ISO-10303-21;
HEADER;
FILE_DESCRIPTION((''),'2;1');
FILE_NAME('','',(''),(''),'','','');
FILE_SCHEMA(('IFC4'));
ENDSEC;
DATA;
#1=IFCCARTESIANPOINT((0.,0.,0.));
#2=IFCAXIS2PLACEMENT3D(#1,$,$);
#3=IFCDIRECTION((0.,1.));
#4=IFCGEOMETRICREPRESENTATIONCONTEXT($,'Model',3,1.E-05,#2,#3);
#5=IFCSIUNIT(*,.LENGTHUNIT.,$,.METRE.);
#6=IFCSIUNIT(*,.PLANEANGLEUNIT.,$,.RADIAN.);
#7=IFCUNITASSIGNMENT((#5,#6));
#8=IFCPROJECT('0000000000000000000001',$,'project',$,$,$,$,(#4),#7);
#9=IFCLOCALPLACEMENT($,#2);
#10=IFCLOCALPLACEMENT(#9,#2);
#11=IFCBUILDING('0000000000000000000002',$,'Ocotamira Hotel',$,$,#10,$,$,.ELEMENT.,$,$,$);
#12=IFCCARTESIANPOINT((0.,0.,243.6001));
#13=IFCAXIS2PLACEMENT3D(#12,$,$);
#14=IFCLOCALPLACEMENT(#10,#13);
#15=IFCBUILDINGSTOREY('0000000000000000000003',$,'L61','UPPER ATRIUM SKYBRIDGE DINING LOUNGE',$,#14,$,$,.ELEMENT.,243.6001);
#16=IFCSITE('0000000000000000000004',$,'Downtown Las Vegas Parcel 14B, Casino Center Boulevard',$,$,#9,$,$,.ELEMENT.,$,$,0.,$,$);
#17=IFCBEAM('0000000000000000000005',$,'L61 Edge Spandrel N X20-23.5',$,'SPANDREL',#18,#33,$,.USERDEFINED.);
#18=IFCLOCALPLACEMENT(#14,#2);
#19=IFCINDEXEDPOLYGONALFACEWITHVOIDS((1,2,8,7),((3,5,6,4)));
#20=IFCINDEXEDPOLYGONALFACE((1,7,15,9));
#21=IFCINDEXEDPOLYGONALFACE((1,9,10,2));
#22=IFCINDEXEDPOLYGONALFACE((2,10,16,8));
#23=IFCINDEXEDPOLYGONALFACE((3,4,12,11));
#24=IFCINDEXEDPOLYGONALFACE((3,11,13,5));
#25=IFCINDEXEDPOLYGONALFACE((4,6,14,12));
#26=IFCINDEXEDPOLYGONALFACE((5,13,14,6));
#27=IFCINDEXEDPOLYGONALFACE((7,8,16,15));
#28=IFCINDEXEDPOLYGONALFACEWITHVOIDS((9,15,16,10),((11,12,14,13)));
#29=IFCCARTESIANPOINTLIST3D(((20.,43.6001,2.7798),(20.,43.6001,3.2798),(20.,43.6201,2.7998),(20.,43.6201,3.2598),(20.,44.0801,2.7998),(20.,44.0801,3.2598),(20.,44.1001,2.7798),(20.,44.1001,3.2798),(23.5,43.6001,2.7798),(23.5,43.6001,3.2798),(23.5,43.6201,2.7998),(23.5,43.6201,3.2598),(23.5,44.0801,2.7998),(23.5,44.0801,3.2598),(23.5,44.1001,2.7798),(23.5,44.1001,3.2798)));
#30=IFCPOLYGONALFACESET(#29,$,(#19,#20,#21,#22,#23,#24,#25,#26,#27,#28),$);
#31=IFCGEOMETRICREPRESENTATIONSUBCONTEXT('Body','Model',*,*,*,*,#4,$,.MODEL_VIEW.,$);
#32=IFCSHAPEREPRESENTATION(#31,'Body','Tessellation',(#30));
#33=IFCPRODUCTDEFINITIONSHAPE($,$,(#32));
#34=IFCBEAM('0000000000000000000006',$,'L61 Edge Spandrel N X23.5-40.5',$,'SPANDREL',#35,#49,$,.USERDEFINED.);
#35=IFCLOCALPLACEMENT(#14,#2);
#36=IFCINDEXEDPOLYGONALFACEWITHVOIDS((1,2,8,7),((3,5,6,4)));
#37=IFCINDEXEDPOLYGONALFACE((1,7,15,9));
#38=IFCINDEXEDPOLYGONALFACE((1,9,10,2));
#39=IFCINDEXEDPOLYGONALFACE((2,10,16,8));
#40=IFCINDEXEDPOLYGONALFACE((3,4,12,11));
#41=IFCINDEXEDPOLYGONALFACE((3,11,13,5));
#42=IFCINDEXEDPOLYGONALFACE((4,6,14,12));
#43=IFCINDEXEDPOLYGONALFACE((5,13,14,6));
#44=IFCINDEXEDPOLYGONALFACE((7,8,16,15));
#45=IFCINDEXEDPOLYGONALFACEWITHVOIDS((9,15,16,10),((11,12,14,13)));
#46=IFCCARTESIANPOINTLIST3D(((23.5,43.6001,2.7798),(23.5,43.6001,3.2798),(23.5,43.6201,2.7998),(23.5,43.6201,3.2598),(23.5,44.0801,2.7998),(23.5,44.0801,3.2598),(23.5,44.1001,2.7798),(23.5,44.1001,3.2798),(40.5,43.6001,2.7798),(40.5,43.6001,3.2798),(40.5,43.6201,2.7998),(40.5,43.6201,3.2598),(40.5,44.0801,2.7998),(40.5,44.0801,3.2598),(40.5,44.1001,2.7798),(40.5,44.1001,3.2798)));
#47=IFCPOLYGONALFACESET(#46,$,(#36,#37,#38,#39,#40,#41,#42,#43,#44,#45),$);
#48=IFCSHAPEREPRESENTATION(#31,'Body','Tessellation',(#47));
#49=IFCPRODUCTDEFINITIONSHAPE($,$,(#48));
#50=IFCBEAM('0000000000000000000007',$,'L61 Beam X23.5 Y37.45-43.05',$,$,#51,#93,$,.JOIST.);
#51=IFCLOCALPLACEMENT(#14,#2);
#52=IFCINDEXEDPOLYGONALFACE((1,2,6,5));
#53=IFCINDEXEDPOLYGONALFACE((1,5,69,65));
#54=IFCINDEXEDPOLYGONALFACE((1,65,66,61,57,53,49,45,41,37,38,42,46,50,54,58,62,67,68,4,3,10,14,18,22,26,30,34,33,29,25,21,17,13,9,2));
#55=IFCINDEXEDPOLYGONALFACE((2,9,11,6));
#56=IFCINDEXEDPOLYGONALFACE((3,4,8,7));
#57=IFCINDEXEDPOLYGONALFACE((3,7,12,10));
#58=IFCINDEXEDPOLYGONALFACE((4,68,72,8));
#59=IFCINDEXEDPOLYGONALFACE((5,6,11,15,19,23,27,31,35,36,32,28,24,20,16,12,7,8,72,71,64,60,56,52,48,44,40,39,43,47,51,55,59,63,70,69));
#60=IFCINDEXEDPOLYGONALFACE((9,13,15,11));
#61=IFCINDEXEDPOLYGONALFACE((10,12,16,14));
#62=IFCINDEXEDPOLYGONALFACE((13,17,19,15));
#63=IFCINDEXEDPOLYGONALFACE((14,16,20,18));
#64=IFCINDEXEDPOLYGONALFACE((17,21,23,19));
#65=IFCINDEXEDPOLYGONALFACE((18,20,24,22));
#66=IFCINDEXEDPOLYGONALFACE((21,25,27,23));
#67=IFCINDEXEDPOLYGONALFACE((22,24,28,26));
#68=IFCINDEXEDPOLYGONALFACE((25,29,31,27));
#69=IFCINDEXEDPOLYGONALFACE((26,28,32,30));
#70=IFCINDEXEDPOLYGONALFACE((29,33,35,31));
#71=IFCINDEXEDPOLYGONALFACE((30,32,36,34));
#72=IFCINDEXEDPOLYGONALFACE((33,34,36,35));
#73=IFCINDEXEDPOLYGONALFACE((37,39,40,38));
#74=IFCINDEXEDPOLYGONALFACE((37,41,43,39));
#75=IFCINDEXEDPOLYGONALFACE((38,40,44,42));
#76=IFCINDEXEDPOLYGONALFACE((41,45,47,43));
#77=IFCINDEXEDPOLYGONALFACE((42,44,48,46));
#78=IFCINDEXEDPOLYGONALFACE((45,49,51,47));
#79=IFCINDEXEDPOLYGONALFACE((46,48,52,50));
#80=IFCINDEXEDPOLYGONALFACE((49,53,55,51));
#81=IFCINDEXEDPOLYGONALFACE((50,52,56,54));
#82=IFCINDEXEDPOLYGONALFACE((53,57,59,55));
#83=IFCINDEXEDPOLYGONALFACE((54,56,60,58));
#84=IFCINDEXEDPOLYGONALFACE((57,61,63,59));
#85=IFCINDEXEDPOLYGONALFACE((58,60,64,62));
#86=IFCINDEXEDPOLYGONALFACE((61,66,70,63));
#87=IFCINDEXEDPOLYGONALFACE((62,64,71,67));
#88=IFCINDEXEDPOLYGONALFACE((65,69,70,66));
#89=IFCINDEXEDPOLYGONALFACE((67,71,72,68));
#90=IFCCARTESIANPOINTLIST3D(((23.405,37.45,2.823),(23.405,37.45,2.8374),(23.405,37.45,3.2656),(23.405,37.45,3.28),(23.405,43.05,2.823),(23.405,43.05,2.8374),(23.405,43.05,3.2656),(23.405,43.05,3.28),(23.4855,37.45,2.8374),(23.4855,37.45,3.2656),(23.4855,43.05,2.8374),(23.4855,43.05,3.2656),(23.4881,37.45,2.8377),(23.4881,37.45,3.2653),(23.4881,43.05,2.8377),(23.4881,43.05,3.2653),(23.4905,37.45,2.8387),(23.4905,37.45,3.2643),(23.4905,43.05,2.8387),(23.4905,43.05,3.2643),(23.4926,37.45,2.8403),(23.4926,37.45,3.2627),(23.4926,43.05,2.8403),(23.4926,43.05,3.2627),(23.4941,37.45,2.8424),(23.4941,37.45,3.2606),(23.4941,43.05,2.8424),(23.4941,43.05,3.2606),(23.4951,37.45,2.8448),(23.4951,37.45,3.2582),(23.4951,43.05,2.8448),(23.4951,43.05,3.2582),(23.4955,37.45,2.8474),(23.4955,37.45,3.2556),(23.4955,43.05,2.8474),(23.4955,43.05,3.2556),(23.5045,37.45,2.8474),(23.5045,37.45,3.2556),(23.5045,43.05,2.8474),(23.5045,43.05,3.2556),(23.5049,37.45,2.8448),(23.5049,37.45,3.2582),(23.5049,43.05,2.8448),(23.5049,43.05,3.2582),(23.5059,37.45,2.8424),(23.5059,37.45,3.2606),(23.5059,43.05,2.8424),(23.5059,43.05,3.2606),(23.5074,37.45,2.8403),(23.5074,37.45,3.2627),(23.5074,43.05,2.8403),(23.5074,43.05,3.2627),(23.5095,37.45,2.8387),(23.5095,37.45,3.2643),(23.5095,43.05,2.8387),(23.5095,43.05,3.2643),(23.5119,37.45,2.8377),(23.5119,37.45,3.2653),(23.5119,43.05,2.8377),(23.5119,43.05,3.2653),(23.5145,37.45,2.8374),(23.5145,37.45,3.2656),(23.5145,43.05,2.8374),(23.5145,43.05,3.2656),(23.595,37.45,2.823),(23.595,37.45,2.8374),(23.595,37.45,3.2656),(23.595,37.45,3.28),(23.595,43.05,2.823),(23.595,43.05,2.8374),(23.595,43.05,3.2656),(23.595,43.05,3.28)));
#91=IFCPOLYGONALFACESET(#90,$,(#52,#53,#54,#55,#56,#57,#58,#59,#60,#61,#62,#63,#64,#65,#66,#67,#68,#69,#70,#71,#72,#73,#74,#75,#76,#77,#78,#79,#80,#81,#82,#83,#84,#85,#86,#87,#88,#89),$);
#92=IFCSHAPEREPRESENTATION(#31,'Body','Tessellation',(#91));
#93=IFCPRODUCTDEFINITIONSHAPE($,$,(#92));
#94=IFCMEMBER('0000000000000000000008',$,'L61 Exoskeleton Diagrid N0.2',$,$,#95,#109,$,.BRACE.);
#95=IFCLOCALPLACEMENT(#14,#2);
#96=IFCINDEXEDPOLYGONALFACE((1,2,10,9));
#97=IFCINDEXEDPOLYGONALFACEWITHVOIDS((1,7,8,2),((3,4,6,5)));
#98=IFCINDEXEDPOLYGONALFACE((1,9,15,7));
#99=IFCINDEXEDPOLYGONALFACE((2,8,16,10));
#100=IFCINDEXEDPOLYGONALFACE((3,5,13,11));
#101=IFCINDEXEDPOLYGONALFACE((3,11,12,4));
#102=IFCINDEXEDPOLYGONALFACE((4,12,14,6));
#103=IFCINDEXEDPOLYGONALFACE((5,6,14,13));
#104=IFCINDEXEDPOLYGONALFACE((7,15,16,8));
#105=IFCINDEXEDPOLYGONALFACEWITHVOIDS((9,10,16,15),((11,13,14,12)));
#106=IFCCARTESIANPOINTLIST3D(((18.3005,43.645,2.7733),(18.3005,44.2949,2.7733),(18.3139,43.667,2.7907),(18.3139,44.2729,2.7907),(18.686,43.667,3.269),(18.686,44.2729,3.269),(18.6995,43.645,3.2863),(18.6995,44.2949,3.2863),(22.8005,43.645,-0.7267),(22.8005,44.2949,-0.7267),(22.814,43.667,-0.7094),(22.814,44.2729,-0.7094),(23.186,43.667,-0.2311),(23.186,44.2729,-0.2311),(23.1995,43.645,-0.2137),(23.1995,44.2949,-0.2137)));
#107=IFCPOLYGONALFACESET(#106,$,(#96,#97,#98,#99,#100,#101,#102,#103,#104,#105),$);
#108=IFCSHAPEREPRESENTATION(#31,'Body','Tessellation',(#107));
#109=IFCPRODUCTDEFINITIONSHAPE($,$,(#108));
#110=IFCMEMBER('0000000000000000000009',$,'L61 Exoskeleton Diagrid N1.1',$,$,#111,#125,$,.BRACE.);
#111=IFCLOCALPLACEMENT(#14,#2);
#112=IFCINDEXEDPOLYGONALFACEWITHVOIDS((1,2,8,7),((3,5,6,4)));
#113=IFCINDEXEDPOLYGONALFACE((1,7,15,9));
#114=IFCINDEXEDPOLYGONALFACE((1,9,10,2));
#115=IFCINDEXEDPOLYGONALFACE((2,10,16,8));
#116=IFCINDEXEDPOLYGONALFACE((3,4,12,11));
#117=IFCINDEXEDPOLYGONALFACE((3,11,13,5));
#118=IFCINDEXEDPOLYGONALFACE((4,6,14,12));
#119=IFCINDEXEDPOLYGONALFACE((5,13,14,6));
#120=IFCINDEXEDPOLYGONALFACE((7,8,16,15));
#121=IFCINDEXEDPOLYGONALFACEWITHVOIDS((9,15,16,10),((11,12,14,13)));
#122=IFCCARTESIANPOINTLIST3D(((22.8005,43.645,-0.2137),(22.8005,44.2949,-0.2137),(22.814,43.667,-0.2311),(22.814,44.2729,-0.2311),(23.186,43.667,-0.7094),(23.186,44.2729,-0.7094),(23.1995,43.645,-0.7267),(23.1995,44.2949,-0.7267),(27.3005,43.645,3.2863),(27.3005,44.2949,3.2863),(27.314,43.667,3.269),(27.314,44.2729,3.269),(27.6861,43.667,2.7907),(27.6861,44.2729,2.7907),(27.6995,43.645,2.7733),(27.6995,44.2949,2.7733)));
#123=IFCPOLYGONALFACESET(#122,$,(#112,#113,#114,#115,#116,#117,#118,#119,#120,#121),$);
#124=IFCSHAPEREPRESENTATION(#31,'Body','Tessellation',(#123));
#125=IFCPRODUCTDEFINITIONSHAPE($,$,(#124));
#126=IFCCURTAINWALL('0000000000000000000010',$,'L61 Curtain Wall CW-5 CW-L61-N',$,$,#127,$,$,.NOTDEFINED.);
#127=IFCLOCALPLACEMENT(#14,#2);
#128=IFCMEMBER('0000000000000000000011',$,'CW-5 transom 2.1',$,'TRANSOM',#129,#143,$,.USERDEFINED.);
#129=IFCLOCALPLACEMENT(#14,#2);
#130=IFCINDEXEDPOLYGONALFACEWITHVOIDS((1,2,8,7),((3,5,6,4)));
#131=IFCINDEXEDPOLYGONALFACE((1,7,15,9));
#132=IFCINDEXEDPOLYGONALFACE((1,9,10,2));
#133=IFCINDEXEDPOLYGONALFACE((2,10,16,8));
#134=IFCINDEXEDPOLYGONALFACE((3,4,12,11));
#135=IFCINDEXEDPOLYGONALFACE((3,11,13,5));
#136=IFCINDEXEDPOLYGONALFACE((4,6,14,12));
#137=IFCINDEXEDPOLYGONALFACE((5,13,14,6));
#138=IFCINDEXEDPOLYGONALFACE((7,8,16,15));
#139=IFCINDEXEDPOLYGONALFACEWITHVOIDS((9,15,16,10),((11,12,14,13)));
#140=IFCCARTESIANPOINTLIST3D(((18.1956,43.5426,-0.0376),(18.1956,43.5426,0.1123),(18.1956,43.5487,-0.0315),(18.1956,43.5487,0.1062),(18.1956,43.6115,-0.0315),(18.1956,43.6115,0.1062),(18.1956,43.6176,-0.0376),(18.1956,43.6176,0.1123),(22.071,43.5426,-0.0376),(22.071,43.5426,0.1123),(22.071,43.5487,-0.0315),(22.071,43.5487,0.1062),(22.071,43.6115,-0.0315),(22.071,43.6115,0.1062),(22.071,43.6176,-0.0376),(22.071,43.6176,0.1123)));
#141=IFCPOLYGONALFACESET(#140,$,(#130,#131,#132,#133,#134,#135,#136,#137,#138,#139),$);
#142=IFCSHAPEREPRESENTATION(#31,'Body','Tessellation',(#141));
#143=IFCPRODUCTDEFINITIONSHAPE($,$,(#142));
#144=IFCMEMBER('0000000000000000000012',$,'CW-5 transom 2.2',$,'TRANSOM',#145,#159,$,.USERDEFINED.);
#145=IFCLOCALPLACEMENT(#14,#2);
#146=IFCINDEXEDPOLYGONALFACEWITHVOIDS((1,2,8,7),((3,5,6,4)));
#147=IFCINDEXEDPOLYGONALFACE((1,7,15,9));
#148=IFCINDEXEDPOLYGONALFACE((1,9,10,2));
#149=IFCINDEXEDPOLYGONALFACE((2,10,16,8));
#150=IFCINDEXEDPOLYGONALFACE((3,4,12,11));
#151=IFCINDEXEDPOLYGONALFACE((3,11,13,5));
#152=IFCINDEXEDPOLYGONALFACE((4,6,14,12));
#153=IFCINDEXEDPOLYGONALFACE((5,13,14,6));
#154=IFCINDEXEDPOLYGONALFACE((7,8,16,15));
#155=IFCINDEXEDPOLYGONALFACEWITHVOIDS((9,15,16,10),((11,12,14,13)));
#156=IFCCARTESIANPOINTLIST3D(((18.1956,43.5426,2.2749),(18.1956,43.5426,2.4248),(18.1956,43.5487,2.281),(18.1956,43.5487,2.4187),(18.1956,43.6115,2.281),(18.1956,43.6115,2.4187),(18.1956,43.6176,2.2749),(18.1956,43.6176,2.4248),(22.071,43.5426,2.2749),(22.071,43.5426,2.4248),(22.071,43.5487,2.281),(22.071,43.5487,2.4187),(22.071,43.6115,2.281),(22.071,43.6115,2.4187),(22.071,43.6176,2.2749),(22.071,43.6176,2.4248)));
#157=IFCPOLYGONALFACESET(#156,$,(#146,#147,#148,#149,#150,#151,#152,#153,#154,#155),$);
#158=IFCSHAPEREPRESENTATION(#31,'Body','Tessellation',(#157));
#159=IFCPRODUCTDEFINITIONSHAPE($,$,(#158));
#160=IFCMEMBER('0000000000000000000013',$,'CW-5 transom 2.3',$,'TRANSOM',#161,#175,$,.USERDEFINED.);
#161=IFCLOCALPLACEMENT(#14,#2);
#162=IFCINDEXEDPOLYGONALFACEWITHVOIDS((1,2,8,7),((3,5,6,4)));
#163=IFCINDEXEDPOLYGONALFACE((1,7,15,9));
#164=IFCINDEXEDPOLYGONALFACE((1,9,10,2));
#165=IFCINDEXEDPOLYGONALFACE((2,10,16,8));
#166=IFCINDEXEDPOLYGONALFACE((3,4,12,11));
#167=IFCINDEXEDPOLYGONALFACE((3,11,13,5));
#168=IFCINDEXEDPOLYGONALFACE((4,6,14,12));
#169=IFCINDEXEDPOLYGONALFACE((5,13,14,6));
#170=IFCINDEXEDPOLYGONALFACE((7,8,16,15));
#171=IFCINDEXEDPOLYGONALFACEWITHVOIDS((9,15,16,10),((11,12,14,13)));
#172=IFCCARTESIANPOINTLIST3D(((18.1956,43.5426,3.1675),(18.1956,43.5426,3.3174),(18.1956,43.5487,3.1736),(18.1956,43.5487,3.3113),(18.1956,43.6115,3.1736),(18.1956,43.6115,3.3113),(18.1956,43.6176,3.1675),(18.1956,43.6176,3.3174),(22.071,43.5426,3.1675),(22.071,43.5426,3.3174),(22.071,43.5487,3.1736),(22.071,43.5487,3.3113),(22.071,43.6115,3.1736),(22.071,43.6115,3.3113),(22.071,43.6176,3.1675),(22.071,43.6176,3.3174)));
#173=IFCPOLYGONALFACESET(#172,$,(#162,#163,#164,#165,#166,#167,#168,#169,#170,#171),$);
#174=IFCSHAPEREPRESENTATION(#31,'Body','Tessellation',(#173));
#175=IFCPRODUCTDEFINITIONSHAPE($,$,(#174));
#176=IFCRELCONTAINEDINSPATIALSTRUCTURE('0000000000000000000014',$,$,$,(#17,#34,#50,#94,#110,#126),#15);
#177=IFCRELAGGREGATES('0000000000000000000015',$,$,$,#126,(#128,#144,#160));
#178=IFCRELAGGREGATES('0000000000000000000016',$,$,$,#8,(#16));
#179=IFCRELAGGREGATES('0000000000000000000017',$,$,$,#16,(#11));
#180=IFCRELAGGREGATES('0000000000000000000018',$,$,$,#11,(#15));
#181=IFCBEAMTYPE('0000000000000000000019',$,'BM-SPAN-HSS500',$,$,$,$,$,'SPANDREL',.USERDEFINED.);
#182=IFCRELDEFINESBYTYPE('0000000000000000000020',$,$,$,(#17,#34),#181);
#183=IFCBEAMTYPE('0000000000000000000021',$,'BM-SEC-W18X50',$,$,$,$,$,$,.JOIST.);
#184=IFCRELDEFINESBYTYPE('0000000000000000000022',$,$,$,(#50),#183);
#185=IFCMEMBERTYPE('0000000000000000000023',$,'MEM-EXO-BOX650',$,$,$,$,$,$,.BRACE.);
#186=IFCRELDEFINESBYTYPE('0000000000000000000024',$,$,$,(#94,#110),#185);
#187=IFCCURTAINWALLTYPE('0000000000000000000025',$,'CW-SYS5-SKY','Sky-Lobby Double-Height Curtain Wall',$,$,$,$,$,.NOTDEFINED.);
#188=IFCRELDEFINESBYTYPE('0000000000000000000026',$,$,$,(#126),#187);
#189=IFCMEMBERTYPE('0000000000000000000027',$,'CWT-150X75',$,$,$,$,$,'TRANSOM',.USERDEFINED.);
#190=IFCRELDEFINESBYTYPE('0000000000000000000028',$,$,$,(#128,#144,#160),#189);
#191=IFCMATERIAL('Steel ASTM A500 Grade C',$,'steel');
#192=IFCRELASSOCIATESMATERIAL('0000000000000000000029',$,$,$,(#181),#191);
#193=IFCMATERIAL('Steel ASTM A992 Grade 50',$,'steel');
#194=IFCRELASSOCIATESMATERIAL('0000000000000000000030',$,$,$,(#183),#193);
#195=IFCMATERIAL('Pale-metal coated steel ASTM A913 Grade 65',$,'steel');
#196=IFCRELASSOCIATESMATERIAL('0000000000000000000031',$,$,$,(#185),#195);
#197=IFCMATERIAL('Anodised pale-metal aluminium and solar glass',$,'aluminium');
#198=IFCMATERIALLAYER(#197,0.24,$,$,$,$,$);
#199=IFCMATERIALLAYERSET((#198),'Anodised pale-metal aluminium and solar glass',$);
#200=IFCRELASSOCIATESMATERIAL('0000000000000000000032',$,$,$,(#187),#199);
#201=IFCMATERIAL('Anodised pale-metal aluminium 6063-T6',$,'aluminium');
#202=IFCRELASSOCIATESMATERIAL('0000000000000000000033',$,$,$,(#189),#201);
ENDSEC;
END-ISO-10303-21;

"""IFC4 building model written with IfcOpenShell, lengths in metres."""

from ifc_helpers import new_model, si_unit, direction, frame, origin, origin_2d, place, context, subcontext, project, spatial, hollow_rectangle, i_section, extrude, source, transform, mapped, material, layer, layer_set, material_profile, profile_set, type_object, element, aggregate, save


model = new_model("IFC4")

# Units and contexts
model_context = context("Model", 3, precision=1e-05, world=origin(), true_north=direction((0.0, 1.0)))
body_context = subcontext(model_context, "Body", "Model", "MODEL_VIEW")
ifc_project = project(units=[si_unit("LENGTHUNIT", "METRE"), si_unit("PLANEANGLEUNIT", "RADIAN")], contexts=[model_context])

# Site, building, storey
site_placement = place(None, origin())
site = spatial("IfcSite", under=ifc_project, at=site_placement, Name="Downtown Las Vegas Parcel 14B, Casino Center Boulevard", CompositionType="ELEMENT", RefElevation=0.0)
building_placement = place(site_placement, origin())
building = spatial("IfcBuilding", under=site, at=building_placement, Name="Ocotamira Hotel", CompositionType="ELEMENT")
storey_placement = place(building_placement, frame((0.0, 0.0, 243.6001)))
storey = spatial("IfcBuildingStorey", under=building, at=storey_placement, Name="L61", Description="UPPER ATRIUM SKYBRIDGE DINING LOUNGE", CompositionType="ELEMENT", Elevation=243.6001)

# Shared definitions
ifc_material_1 = material(Name="Steel ASTM A992 Grade 50", Category="steel")

# Beams
ifc_material_2 = material(Name="Steel ASTM A500 Grade C", Category="steel")
ifc_material_profile_1 = material_profile(ifc_material_2, hollow_rectangle(XDim=0.5, YDim=0.5, WallThickness=0.02, at=origin_2d()), Name="HSS500X500X20")
ifc_profile_set_1 = profile_set([ifc_material_profile_1], Name="Steel ASTM A500 Grade C")
beam_type_1 = type_object("IfcBeamType", Name="BM-SPAN-HSS500", ElementType="SPANDREL", PredefinedType="USERDEFINED", material=ifc_profile_set_1)
shared_shape_1 = source(origin(), body_context, "Body", "SweptSolid", [
    extrude(hollow_rectangle(XDim=0.5, YDim=0.5, WallThickness=0.02, at=origin_2d()), origin(), (0.0, 0.0, 1.0), 3.5),
])
beam_1_placement = place(storey_placement, frame((20.0, 43.8501, 3.0298), z_axis=(1.0, 0.0, 0.0), x_axis=(0.0, 1.0, 0.0)))
element("IfcBeam", 1, at=beam_1_placement, inside=storey, type_object=beam_type_1, Name="L61 Edge Spandrel N X20-23.5", ObjectType="SPANDREL", PredefinedType="USERDEFINED", context=body_context, shape_type="MappedRepresentation", body=[
    mapped(shared_shape_1, transform((0.0, 0.0, 0.0), scale=1.0)),
])
shared_shape_2 = source(origin(), body_context, "Body", "SweptSolid", [
    extrude(hollow_rectangle(XDim=0.5, YDim=0.5, WallThickness=0.02, at=origin_2d()), origin(), (0.0, 0.0, 1.0), 17.0),
])
beam_2_placement = place(storey_placement, frame((23.5, 43.8501, 3.0298), z_axis=(1.0, 0.0, 0.0), x_axis=(0.0, 1.0, 0.0)))
element("IfcBeam", 2, at=beam_2_placement, inside=storey, type_object=beam_type_1, Name="L61 Edge Spandrel N X23.5-40.5", ObjectType="SPANDREL", PredefinedType="USERDEFINED", context=body_context, shape_type="MappedRepresentation", body=[
    mapped(shared_shape_2, transform((0.0, 0.0, 0.0), scale=1.0)),
])
ifc_material_profile_2 = material_profile(ifc_material_1, i_section(OverallWidth=0.1899, OverallDepth=0.457, WebThickness=0.009, FlangeThickness=0.0144, FilletRadius=0.01, at=origin_2d()), Name="W18X50")
ifc_profile_set_2 = profile_set([ifc_material_profile_2], Name="Steel ASTM A992 Grade 50")
beam_type_2 = type_object("IfcBeamType", Name="BM-SEC-W18X50", PredefinedType="JOIST", material=ifc_profile_set_2)
shared_shape_3 = source(origin(), body_context, "Body", "SweptSolid", [
    extrude(i_section(OverallWidth=0.1899, OverallDepth=0.457, WebThickness=0.009, FlangeThickness=0.0144, FilletRadius=0.01, at=origin_2d()), origin(), (0.0, 0.0, 1.0), 5.6001),
])
beam_3_placement = place(storey_placement, frame((23.5, 37.45, 3.0515), z_axis=(0.0, 1.0, 0.0), x_axis=(-1.0, 0.0, 0.0)))
element("IfcBeam", 3, at=beam_3_placement, inside=storey, type_object=beam_type_2, Name="L61 Beam X23.5 Y37.45-43.05", PredefinedType="JOIST", context=body_context, shape_type="MappedRepresentation", body=[
    mapped(shared_shape_3, transform((0.0, 0.0, 0.0), scale=1.0)),
])

# Members
ifc_material_3 = material(Name="Pale-metal coated steel ASTM A913 Grade 65", Category="steel")
ifc_material_profile_3 = material_profile(ifc_material_3, hollow_rectangle(XDim=0.6499, YDim=0.6499, WallThickness=0.022, at=origin_2d()), Name="BOX650X650X22")
ifc_profile_set_3 = profile_set([ifc_material_profile_3], Name="Pale-metal coated steel ASTM A913 Grade 65")
member_type_1 = type_object("IfcMemberType", Name="MEM-EXO-BOX650", PredefinedType="BRACE", material=ifc_profile_set_3)
shared_shape_4 = source(origin(), body_context, "Body", "SweptSolid", [
    extrude(hollow_rectangle(XDim=0.6499, YDim=0.6499, WallThickness=0.022, at=origin_2d()), origin(), (0.0, 0.0, 1.0), 5.7009),
])
for number, where, z_axis, x_axis, name in (
    (4, (23.0, 43.97, -0.4702), (-0.789352, 0.0, 0.613941), (0.0, -1.0, 0.0), "L61 Exoskeleton Diagrid N0.2"),
    (5, (23.0, 43.97, -0.4702), (0.789352, 0.0, 0.613941), (0.0, 1.0, 0.0), "L61 Exoskeleton Diagrid N1.1"),
):
    element("IfcMember", number, at=place(storey_placement, frame(where, z_axis=z_axis, x_axis=x_axis)), inside=storey, type_object=member_type_1, Name=name, PredefinedType="BRACE", context=body_context, shape_type="MappedRepresentation", body=[
        mapped(shared_shape_4, transform((0.0, 0.0, 0.0), scale=1.0)),
    ])

# Curtain wall, members
ifc_material_4 = material(Name="Anodised pale-metal aluminium and solar glass", Category="aluminium")
ifc_layer_1 = layer(ifc_material_4, 0.24)
ifc_layer_set_1 = layer_set([ifc_layer_1], Name="Anodised pale-metal aluminium and solar glass")
curtain_wall_type = type_object("IfcCurtainWallType", Name="CW-SYS5-SKY", Description="Sky-Lobby Double-Height Curtain Wall", PredefinedType="NOTDEFINED", material=ifc_layer_set_1)
curtain_wall_placement = place(storey_placement, origin())
curtain_wall = element("IfcCurtainWall", 6, at=curtain_wall_placement, inside=storey, type_object=curtain_wall_type, Name="L61 Curtain Wall CW-5 CW-L61-N", PredefinedType="NOTDEFINED")
ifc_material_5 = material(Name="Anodised pale-metal aluminium 6063-T6", Category="aluminium")
ifc_material_profile_4 = material_profile(ifc_material_5, hollow_rectangle(XDim=0.075, YDim=0.1499, WallThickness=0.0061, at=origin_2d()), Name="HSS150X75X6")
ifc_profile_set_4 = profile_set([ifc_material_profile_4], Name="Anodised pale-metal aluminium 6063-T6")
member_type_2 = type_object("IfcMemberType", Name="CWT-150X75", ElementType="TRANSOM", PredefinedType="USERDEFINED", material=ifc_profile_set_4)
shared_shape_5 = source(origin(), body_context, "Body", "SweptSolid", [
    extrude(hollow_rectangle(XDim=0.075, YDim=0.1499, WallThickness=0.0061, at=origin_2d()), origin(), (0.0, 0.0, 1.0), 3.8755),
])
member_1_placement = place(storey_placement, frame((18.1956, 43.5801, 0.0374), z_axis=(1.0, 0.0, 0.0), x_axis=(0.0, 1.0, 0.0)))
member_1 = element("IfcMember", 7, at=member_1_placement, type_object=member_type_2, Name="CW-5 transom 2.1", ObjectType="TRANSOM", PredefinedType="USERDEFINED", context=body_context, shape_type="MappedRepresentation", body=[
    mapped(shared_shape_5, transform((0.0, 0.0, 0.0), scale=1.0)),
])
member_2_placement = place(storey_placement, frame((18.1956, 43.5801, 2.3499), z_axis=(1.0, 0.0, 0.0), x_axis=(0.0, 1.0, 0.0)))
member_2 = element("IfcMember", 8, at=member_2_placement, type_object=member_type_2, Name="CW-5 transom 2.2", ObjectType="TRANSOM", PredefinedType="USERDEFINED", context=body_context, shape_type="MappedRepresentation", body=[
    mapped(shared_shape_5, transform((0.0, 0.0, 0.0), scale=1.0)),
])
member_3_placement = place(storey_placement, frame((18.1956, 43.5801, 3.2424), z_axis=(1.0, 0.0, 0.0), x_axis=(0.0, 1.0, 0.0)))
member_3 = element("IfcMember", 9, at=member_3_placement, type_object=member_type_2, Name="CW-5 transom 2.3", ObjectType="TRANSOM", PredefinedType="USERDEFINED", context=body_context, shape_type="MappedRepresentation", body=[
    mapped(shared_shape_5, transform((0.0, 0.0, 0.0), scale=1.0)),
])

aggregate(curtain_wall, [member_1, member_2, member_3])

save(model, "model.ifc")
